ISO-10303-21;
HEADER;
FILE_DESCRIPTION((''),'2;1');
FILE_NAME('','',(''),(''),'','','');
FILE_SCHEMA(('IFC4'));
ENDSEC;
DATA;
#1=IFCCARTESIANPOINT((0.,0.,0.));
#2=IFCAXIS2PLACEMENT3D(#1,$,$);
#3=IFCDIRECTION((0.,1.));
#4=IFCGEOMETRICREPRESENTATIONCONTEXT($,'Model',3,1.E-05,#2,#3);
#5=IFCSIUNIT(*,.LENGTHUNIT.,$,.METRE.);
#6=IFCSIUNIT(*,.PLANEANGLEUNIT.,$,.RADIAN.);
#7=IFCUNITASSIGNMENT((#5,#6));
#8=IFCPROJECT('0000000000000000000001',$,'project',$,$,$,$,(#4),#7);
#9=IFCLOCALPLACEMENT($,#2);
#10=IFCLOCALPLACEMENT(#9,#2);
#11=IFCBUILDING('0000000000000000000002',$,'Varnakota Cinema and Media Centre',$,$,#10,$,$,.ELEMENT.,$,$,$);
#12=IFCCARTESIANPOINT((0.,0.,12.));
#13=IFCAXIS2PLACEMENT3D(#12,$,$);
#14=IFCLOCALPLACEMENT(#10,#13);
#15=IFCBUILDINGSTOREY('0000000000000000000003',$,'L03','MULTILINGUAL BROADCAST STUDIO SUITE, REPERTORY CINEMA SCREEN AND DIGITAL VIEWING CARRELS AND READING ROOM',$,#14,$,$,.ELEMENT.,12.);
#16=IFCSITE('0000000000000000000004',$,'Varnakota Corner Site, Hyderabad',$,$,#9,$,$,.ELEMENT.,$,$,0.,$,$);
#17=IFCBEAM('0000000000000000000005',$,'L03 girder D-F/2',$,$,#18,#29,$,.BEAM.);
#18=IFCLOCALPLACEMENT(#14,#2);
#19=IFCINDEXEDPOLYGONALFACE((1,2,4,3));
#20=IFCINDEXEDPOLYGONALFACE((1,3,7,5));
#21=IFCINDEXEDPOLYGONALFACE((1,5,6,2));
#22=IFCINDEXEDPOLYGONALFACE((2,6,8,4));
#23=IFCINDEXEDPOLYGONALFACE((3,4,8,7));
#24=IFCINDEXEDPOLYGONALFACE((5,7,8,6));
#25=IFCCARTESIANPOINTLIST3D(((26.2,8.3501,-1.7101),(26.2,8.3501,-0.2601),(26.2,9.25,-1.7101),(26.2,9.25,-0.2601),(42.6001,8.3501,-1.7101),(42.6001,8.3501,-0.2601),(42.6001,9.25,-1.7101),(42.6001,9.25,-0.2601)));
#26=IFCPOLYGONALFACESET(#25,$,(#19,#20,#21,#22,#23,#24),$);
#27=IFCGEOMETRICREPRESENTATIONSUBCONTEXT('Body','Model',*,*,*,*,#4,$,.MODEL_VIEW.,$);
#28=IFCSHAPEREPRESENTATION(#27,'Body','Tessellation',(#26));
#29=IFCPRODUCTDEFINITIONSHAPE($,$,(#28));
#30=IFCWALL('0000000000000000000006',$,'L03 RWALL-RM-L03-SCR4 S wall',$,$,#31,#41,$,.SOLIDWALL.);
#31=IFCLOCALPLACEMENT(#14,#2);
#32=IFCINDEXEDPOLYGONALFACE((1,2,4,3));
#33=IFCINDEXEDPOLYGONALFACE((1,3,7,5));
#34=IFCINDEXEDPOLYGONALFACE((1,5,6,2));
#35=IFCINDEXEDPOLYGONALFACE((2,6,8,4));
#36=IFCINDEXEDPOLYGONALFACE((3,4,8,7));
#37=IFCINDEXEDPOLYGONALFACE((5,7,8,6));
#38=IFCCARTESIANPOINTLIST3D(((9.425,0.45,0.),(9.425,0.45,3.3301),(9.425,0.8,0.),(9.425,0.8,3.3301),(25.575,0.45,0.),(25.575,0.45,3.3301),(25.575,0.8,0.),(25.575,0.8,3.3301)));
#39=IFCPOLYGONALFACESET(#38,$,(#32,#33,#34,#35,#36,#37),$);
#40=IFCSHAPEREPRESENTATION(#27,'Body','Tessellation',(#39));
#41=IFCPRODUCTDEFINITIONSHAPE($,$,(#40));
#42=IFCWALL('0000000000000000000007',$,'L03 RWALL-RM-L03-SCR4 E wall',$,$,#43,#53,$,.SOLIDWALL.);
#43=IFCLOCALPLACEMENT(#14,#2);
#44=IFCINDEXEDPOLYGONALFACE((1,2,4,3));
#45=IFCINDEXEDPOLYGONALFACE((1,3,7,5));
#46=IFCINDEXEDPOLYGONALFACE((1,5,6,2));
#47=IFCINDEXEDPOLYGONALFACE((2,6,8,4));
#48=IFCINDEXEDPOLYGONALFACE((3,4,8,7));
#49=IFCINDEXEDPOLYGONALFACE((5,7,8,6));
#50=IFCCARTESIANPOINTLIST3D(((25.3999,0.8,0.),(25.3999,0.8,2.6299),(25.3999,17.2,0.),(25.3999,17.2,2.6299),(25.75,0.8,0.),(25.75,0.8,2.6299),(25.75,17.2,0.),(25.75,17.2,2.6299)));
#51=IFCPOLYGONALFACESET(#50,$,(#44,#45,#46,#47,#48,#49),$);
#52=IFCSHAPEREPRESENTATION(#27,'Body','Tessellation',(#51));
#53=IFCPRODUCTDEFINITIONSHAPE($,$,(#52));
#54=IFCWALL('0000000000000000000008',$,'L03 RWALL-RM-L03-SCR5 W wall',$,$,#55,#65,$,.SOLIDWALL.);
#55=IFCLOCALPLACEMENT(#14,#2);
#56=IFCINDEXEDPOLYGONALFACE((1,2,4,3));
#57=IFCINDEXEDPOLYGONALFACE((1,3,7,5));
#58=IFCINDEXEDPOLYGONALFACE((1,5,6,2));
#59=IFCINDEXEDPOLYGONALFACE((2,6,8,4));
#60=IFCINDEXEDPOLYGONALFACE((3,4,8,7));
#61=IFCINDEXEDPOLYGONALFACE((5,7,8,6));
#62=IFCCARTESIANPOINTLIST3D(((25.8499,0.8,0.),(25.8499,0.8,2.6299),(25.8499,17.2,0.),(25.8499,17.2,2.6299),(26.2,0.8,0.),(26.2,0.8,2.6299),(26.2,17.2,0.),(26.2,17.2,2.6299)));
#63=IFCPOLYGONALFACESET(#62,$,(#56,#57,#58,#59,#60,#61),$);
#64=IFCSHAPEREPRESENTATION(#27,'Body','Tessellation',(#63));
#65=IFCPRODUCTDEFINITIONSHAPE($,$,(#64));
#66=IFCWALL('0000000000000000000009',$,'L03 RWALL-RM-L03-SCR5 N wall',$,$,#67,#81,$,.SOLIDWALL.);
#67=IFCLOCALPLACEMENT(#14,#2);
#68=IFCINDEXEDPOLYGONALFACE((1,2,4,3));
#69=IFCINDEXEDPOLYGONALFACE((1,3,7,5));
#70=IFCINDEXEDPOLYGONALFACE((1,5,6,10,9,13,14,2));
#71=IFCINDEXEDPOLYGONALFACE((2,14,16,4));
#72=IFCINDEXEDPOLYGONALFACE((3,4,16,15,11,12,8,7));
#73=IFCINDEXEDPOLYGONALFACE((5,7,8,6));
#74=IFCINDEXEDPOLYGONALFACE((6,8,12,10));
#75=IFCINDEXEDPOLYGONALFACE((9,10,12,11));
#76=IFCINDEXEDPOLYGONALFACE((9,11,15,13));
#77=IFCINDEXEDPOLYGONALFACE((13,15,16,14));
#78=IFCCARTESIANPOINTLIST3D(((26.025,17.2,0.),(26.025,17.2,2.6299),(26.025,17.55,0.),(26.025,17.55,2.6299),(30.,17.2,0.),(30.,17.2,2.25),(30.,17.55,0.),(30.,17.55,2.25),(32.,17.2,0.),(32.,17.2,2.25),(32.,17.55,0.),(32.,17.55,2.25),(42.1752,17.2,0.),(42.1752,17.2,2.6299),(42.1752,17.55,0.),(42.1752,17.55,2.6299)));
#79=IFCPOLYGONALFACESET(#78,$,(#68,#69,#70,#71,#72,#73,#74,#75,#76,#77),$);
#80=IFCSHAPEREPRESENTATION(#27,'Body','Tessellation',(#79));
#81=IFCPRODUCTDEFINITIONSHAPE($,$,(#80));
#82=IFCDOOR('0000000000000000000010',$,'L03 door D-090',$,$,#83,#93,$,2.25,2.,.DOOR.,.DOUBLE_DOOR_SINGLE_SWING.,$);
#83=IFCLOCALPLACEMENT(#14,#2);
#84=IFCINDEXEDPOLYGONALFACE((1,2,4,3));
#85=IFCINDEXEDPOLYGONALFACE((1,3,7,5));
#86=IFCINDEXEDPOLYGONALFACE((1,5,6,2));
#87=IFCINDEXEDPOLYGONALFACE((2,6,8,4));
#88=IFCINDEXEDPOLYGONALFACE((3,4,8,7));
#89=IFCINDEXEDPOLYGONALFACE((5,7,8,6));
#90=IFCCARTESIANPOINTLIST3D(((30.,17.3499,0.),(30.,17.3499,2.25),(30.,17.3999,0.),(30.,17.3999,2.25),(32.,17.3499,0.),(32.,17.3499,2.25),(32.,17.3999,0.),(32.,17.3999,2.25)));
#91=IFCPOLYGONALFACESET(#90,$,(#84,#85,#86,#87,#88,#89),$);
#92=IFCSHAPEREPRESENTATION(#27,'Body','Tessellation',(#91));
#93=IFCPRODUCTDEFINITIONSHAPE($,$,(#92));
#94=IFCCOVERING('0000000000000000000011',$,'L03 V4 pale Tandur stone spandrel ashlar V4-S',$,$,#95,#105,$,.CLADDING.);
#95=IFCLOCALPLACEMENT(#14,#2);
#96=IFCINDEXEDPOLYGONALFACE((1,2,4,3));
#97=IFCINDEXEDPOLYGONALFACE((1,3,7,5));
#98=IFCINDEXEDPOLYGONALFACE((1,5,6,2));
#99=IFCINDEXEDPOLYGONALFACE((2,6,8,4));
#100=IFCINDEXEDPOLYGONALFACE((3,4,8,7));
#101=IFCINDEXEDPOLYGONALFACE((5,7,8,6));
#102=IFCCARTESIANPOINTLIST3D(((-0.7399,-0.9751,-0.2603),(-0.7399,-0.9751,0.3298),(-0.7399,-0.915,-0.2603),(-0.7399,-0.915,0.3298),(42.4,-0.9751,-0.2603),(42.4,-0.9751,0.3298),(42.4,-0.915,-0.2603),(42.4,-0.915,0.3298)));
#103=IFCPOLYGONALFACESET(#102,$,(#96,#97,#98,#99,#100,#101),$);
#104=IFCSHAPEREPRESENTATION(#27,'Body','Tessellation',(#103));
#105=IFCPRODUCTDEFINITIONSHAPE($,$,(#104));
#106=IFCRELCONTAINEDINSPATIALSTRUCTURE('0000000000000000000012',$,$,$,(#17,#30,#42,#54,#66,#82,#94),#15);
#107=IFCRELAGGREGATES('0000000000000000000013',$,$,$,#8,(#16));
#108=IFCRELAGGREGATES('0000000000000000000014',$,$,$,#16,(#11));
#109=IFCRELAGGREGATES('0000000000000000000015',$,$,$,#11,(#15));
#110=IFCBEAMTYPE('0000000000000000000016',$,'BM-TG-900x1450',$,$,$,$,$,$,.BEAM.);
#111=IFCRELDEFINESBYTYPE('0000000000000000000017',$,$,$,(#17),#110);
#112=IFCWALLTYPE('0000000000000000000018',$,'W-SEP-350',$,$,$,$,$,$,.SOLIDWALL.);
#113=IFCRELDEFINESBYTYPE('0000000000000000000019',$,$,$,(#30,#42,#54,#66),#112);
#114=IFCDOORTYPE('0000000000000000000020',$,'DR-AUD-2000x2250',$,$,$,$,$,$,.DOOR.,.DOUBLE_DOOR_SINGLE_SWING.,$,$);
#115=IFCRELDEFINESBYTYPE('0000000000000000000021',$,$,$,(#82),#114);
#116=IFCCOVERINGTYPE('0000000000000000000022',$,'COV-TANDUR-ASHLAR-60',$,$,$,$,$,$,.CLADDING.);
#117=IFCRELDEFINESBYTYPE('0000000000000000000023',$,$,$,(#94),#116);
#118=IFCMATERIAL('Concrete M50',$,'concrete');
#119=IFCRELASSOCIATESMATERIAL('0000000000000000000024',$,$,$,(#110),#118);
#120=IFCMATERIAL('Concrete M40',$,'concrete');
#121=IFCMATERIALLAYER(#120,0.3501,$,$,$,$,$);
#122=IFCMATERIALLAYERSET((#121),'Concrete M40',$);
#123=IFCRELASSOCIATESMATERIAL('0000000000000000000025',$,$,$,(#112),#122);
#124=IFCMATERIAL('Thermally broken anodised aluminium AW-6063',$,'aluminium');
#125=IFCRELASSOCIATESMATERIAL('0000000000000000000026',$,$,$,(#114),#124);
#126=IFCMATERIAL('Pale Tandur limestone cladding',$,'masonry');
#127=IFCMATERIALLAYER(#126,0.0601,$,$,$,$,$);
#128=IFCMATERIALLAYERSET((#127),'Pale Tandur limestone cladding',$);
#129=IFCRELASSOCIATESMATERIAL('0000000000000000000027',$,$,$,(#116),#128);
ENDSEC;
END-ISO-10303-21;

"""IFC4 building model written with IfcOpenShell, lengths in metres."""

from ifc_helpers import new_model, si_unit, direction, frame, frame_2d, origin, origin_2d, place, context, subcontext, project, spatial, rectangle, extrude, material, layer, layer_set, material_profile, profile_set, type_object, element, fill, save


model = new_model("IFC4")

# Units and contexts
model_context = context("Model", 3, precision=1e-05, world=origin(), true_north=direction((0.0, 1.0)))
body_context = subcontext(model_context, "Body", "Model", "MODEL_VIEW")
ifc_project = project(units=[si_unit("LENGTHUNIT", "METRE"), si_unit("PLANEANGLEUNIT", "RADIAN")], contexts=[model_context])

# Site, building, storey
site_placement = place(None, origin())
site = spatial("IfcSite", under=ifc_project, at=site_placement, Name="Varnakota Corner Site, Hyderabad", CompositionType="ELEMENT", RefElevation=0.0)
building_placement = place(site_placement, origin())
building = spatial("IfcBuilding", under=site, at=building_placement, Name="Varnakota Cinema and Media Centre", CompositionType="ELEMENT")
storey_placement = place(building_placement, frame((0.0, 0.0, 12.0)))
storey = spatial("IfcBuildingStorey", under=building, at=storey_placement, Name="L03", Description="MULTILINGUAL BROADCAST STUDIO SUITE, REPERTORY CINEMA SCREEN AND DIGITAL VIEWING CARRELS AND READING ROOM", CompositionType="ELEMENT", Elevation=12.0)

# Beam
ifc_material_1 = material(Name="Concrete M50", Category="concrete")
ifc_material_profile_1 = material_profile(ifc_material_1, rectangle(XDim=0.8999, YDim=1.45, at=origin_2d()), Name="RCB 900x1450")
ifc_profile_set_1 = profile_set([ifc_material_profile_1], Name="Concrete M50")
beam_type_1 = type_object("IfcBeamType", Name="BM-TG-900x1450", PredefinedType="BEAM", material=ifc_profile_set_1)
beam_1_placement = place(storey_placement, frame((26.2, 8.8, -0.9851), z_axis=(1.0, 0.0, 0.0), x_axis=(0.0, 1.0, 0.0)))
element("IfcBeam", 1, at=beam_1_placement, inside=storey, type_object=beam_type_1, Name="L03 girder D-F/2", PredefinedType="BEAM", context=body_context, shape_type="SweptSolid", body=[
    extrude(rectangle(XDim=0.8999, YDim=1.45, at=origin_2d()), origin(), (0.0, 0.0, 1.0), 16.4001),
])

# Walls
ifc_material_2 = material(Name="Concrete M40", Category="concrete")
ifc_layer_1 = layer(ifc_material_2, 0.3501)
ifc_layer_set_1 = layer_set([ifc_layer_1], Name="Concrete M40")
wall_type = type_object("IfcWallType", Name="W-SEP-350", PredefinedType="SOLIDWALL", material=ifc_layer_set_1)
wall_1_placement = place(storey_placement, frame((25.575, 0.625, 0.0), z_axis=(0.0, 0.0, 1.0), x_axis=(-1.0, 0.0, 0.0)))
element("IfcWall", 2, at=wall_1_placement, inside=storey, type_object=wall_type, Name="L03 RWALL-RM-L03-SCR4 S wall", PredefinedType="SOLIDWALL", context=body_context, shape_type="SweptSolid", body=[
    extrude(rectangle(XDim=16.1499, YDim=0.3501, at=frame_2d((8.075, 0.0))), origin(), (0.0, 0.0, 1.0), 3.3301),
])
for number, where, z_axis, x_axis, name in (
    (3, (25.575, 17.2, 0.0), (0.0, 0.0, 1.0), (0.0, -1.0, 0.0), "L03 RWALL-RM-L03-SCR4 E wall"),
    (4, (26.0249, 0.8, 0.0), (0.0, 0.0, 1.0), (0.0, 1.0, 0.0), "L03 RWALL-RM-L03-SCR5 W wall"),
):
    element("IfcWall", number, at=place(storey_placement, frame(where, z_axis=z_axis, x_axis=x_axis)), inside=storey, type_object=wall_type, Name=name, PredefinedType="SOLIDWALL", context=body_context, shape_type="SweptSolid", body=[
        extrude(rectangle(XDim=16.3999, YDim=0.3501, at=frame_2d((8.2, 0.0))), origin(), (0.0, 0.0, 1.0), 2.6299),
    ])

# Wall, opening, door
wall_2_placement = place(storey_placement, frame((26.0249, 17.375, 0.0), z_axis=(0.0, 0.0, 1.0), x_axis=(1.0, 0.0, 0.0)))
wall_2 = element("IfcWall", 5, at=wall_2_placement, inside=storey, type_object=wall_type, Name="L03 RWALL-RM-L03-SCR5 N wall", PredefinedType="SOLIDWALL", context=body_context, shape_type="SweptSolid", body=[
    extrude(rectangle(XDim=16.1501, YDim=0.3501, at=frame_2d((8.0752, 0.0))), origin(), (0.0, 0.0, 1.0), 2.6299),
])
opening_placement = place(wall_2_placement, frame((3.9751, 0.0, 0.0)))
opening = element("IfcOpeningElement", 6, at=opening_placement, cuts=wall_2, PredefinedType="OPENING", context=body_context, shape_type="SweptSolid", body=[
    extrude(rectangle(XDim=2.0, YDim=2.25, at=frame_2d((1.0, 1.125))), frame((0.0, 0.175, 0.0), z_axis=(0.0, -1.0, 0.0), x_axis=(1.0, 0.0, 0.0)), (0.0, 0.0, 1.0), 0.3501),
])
ifc_material_3 = material(Name="Thermally broken anodised aluminium AW-6063", Category="aluminium")
door_type = type_object("IfcDoorType", Name="DR-AUD-2000x2250", OperationType="DOUBLE_DOOR_SINGLE_SWING", PredefinedType="DOOR", material=ifc_material_3)
door_placement = place(opening_placement, origin())
door = element("IfcDoor", 7, at=door_placement, inside=storey, type_object=door_type, Name="L03 door D-090", OperationType="DOUBLE_DOOR_SINGLE_SWING", OverallHeight=2.25, OverallWidth=2.0, PredefinedType="DOOR", context=body_context, shape_type="SweptSolid", body=[
    extrude(rectangle(XDim=2.0, YDim=2.25, at=frame_2d((1.0, 1.125))), frame((0.0, 0.0249, 0.0), z_axis=(0.0, -1.0, 0.0), x_axis=(1.0, 0.0, 0.0)), (0.0, 0.0, 1.0), 0.05),
])
fill(opening, door)

# Covering
ifc_material_4 = material(Name="Pale Tandur limestone cladding", Category="masonry")
ifc_layer_2 = layer(ifc_material_4, 0.0601)
ifc_layer_set_2 = layer_set([ifc_layer_2], Name="Pale Tandur limestone cladding")
covering_type = type_object("IfcCoveringType", Name="COV-TANDUR-ASHLAR-60", PredefinedType="CLADDING", material=ifc_layer_set_2)
covering_placement = place(storey_placement, frame((20.8301, -0.9451, -0.2603), z_axis=(0.0, 0.0, 1.0), x_axis=(-1.0, 0.0, 0.0)))
element("IfcCovering", 8, at=covering_placement, inside=storey, type_object=covering_type, Name="L03 V4 pale Tandur stone spandrel ashlar V4-S", PredefinedType="CLADDING", context=body_context, shape_type="SweptSolid", body=[
    extrude(rectangle(XDim=43.1399, YDim=0.0601, at=origin_2d()), origin(), (0.0, 0.0, 1.0), 0.5901),
])

save(model, "model.ifc")
